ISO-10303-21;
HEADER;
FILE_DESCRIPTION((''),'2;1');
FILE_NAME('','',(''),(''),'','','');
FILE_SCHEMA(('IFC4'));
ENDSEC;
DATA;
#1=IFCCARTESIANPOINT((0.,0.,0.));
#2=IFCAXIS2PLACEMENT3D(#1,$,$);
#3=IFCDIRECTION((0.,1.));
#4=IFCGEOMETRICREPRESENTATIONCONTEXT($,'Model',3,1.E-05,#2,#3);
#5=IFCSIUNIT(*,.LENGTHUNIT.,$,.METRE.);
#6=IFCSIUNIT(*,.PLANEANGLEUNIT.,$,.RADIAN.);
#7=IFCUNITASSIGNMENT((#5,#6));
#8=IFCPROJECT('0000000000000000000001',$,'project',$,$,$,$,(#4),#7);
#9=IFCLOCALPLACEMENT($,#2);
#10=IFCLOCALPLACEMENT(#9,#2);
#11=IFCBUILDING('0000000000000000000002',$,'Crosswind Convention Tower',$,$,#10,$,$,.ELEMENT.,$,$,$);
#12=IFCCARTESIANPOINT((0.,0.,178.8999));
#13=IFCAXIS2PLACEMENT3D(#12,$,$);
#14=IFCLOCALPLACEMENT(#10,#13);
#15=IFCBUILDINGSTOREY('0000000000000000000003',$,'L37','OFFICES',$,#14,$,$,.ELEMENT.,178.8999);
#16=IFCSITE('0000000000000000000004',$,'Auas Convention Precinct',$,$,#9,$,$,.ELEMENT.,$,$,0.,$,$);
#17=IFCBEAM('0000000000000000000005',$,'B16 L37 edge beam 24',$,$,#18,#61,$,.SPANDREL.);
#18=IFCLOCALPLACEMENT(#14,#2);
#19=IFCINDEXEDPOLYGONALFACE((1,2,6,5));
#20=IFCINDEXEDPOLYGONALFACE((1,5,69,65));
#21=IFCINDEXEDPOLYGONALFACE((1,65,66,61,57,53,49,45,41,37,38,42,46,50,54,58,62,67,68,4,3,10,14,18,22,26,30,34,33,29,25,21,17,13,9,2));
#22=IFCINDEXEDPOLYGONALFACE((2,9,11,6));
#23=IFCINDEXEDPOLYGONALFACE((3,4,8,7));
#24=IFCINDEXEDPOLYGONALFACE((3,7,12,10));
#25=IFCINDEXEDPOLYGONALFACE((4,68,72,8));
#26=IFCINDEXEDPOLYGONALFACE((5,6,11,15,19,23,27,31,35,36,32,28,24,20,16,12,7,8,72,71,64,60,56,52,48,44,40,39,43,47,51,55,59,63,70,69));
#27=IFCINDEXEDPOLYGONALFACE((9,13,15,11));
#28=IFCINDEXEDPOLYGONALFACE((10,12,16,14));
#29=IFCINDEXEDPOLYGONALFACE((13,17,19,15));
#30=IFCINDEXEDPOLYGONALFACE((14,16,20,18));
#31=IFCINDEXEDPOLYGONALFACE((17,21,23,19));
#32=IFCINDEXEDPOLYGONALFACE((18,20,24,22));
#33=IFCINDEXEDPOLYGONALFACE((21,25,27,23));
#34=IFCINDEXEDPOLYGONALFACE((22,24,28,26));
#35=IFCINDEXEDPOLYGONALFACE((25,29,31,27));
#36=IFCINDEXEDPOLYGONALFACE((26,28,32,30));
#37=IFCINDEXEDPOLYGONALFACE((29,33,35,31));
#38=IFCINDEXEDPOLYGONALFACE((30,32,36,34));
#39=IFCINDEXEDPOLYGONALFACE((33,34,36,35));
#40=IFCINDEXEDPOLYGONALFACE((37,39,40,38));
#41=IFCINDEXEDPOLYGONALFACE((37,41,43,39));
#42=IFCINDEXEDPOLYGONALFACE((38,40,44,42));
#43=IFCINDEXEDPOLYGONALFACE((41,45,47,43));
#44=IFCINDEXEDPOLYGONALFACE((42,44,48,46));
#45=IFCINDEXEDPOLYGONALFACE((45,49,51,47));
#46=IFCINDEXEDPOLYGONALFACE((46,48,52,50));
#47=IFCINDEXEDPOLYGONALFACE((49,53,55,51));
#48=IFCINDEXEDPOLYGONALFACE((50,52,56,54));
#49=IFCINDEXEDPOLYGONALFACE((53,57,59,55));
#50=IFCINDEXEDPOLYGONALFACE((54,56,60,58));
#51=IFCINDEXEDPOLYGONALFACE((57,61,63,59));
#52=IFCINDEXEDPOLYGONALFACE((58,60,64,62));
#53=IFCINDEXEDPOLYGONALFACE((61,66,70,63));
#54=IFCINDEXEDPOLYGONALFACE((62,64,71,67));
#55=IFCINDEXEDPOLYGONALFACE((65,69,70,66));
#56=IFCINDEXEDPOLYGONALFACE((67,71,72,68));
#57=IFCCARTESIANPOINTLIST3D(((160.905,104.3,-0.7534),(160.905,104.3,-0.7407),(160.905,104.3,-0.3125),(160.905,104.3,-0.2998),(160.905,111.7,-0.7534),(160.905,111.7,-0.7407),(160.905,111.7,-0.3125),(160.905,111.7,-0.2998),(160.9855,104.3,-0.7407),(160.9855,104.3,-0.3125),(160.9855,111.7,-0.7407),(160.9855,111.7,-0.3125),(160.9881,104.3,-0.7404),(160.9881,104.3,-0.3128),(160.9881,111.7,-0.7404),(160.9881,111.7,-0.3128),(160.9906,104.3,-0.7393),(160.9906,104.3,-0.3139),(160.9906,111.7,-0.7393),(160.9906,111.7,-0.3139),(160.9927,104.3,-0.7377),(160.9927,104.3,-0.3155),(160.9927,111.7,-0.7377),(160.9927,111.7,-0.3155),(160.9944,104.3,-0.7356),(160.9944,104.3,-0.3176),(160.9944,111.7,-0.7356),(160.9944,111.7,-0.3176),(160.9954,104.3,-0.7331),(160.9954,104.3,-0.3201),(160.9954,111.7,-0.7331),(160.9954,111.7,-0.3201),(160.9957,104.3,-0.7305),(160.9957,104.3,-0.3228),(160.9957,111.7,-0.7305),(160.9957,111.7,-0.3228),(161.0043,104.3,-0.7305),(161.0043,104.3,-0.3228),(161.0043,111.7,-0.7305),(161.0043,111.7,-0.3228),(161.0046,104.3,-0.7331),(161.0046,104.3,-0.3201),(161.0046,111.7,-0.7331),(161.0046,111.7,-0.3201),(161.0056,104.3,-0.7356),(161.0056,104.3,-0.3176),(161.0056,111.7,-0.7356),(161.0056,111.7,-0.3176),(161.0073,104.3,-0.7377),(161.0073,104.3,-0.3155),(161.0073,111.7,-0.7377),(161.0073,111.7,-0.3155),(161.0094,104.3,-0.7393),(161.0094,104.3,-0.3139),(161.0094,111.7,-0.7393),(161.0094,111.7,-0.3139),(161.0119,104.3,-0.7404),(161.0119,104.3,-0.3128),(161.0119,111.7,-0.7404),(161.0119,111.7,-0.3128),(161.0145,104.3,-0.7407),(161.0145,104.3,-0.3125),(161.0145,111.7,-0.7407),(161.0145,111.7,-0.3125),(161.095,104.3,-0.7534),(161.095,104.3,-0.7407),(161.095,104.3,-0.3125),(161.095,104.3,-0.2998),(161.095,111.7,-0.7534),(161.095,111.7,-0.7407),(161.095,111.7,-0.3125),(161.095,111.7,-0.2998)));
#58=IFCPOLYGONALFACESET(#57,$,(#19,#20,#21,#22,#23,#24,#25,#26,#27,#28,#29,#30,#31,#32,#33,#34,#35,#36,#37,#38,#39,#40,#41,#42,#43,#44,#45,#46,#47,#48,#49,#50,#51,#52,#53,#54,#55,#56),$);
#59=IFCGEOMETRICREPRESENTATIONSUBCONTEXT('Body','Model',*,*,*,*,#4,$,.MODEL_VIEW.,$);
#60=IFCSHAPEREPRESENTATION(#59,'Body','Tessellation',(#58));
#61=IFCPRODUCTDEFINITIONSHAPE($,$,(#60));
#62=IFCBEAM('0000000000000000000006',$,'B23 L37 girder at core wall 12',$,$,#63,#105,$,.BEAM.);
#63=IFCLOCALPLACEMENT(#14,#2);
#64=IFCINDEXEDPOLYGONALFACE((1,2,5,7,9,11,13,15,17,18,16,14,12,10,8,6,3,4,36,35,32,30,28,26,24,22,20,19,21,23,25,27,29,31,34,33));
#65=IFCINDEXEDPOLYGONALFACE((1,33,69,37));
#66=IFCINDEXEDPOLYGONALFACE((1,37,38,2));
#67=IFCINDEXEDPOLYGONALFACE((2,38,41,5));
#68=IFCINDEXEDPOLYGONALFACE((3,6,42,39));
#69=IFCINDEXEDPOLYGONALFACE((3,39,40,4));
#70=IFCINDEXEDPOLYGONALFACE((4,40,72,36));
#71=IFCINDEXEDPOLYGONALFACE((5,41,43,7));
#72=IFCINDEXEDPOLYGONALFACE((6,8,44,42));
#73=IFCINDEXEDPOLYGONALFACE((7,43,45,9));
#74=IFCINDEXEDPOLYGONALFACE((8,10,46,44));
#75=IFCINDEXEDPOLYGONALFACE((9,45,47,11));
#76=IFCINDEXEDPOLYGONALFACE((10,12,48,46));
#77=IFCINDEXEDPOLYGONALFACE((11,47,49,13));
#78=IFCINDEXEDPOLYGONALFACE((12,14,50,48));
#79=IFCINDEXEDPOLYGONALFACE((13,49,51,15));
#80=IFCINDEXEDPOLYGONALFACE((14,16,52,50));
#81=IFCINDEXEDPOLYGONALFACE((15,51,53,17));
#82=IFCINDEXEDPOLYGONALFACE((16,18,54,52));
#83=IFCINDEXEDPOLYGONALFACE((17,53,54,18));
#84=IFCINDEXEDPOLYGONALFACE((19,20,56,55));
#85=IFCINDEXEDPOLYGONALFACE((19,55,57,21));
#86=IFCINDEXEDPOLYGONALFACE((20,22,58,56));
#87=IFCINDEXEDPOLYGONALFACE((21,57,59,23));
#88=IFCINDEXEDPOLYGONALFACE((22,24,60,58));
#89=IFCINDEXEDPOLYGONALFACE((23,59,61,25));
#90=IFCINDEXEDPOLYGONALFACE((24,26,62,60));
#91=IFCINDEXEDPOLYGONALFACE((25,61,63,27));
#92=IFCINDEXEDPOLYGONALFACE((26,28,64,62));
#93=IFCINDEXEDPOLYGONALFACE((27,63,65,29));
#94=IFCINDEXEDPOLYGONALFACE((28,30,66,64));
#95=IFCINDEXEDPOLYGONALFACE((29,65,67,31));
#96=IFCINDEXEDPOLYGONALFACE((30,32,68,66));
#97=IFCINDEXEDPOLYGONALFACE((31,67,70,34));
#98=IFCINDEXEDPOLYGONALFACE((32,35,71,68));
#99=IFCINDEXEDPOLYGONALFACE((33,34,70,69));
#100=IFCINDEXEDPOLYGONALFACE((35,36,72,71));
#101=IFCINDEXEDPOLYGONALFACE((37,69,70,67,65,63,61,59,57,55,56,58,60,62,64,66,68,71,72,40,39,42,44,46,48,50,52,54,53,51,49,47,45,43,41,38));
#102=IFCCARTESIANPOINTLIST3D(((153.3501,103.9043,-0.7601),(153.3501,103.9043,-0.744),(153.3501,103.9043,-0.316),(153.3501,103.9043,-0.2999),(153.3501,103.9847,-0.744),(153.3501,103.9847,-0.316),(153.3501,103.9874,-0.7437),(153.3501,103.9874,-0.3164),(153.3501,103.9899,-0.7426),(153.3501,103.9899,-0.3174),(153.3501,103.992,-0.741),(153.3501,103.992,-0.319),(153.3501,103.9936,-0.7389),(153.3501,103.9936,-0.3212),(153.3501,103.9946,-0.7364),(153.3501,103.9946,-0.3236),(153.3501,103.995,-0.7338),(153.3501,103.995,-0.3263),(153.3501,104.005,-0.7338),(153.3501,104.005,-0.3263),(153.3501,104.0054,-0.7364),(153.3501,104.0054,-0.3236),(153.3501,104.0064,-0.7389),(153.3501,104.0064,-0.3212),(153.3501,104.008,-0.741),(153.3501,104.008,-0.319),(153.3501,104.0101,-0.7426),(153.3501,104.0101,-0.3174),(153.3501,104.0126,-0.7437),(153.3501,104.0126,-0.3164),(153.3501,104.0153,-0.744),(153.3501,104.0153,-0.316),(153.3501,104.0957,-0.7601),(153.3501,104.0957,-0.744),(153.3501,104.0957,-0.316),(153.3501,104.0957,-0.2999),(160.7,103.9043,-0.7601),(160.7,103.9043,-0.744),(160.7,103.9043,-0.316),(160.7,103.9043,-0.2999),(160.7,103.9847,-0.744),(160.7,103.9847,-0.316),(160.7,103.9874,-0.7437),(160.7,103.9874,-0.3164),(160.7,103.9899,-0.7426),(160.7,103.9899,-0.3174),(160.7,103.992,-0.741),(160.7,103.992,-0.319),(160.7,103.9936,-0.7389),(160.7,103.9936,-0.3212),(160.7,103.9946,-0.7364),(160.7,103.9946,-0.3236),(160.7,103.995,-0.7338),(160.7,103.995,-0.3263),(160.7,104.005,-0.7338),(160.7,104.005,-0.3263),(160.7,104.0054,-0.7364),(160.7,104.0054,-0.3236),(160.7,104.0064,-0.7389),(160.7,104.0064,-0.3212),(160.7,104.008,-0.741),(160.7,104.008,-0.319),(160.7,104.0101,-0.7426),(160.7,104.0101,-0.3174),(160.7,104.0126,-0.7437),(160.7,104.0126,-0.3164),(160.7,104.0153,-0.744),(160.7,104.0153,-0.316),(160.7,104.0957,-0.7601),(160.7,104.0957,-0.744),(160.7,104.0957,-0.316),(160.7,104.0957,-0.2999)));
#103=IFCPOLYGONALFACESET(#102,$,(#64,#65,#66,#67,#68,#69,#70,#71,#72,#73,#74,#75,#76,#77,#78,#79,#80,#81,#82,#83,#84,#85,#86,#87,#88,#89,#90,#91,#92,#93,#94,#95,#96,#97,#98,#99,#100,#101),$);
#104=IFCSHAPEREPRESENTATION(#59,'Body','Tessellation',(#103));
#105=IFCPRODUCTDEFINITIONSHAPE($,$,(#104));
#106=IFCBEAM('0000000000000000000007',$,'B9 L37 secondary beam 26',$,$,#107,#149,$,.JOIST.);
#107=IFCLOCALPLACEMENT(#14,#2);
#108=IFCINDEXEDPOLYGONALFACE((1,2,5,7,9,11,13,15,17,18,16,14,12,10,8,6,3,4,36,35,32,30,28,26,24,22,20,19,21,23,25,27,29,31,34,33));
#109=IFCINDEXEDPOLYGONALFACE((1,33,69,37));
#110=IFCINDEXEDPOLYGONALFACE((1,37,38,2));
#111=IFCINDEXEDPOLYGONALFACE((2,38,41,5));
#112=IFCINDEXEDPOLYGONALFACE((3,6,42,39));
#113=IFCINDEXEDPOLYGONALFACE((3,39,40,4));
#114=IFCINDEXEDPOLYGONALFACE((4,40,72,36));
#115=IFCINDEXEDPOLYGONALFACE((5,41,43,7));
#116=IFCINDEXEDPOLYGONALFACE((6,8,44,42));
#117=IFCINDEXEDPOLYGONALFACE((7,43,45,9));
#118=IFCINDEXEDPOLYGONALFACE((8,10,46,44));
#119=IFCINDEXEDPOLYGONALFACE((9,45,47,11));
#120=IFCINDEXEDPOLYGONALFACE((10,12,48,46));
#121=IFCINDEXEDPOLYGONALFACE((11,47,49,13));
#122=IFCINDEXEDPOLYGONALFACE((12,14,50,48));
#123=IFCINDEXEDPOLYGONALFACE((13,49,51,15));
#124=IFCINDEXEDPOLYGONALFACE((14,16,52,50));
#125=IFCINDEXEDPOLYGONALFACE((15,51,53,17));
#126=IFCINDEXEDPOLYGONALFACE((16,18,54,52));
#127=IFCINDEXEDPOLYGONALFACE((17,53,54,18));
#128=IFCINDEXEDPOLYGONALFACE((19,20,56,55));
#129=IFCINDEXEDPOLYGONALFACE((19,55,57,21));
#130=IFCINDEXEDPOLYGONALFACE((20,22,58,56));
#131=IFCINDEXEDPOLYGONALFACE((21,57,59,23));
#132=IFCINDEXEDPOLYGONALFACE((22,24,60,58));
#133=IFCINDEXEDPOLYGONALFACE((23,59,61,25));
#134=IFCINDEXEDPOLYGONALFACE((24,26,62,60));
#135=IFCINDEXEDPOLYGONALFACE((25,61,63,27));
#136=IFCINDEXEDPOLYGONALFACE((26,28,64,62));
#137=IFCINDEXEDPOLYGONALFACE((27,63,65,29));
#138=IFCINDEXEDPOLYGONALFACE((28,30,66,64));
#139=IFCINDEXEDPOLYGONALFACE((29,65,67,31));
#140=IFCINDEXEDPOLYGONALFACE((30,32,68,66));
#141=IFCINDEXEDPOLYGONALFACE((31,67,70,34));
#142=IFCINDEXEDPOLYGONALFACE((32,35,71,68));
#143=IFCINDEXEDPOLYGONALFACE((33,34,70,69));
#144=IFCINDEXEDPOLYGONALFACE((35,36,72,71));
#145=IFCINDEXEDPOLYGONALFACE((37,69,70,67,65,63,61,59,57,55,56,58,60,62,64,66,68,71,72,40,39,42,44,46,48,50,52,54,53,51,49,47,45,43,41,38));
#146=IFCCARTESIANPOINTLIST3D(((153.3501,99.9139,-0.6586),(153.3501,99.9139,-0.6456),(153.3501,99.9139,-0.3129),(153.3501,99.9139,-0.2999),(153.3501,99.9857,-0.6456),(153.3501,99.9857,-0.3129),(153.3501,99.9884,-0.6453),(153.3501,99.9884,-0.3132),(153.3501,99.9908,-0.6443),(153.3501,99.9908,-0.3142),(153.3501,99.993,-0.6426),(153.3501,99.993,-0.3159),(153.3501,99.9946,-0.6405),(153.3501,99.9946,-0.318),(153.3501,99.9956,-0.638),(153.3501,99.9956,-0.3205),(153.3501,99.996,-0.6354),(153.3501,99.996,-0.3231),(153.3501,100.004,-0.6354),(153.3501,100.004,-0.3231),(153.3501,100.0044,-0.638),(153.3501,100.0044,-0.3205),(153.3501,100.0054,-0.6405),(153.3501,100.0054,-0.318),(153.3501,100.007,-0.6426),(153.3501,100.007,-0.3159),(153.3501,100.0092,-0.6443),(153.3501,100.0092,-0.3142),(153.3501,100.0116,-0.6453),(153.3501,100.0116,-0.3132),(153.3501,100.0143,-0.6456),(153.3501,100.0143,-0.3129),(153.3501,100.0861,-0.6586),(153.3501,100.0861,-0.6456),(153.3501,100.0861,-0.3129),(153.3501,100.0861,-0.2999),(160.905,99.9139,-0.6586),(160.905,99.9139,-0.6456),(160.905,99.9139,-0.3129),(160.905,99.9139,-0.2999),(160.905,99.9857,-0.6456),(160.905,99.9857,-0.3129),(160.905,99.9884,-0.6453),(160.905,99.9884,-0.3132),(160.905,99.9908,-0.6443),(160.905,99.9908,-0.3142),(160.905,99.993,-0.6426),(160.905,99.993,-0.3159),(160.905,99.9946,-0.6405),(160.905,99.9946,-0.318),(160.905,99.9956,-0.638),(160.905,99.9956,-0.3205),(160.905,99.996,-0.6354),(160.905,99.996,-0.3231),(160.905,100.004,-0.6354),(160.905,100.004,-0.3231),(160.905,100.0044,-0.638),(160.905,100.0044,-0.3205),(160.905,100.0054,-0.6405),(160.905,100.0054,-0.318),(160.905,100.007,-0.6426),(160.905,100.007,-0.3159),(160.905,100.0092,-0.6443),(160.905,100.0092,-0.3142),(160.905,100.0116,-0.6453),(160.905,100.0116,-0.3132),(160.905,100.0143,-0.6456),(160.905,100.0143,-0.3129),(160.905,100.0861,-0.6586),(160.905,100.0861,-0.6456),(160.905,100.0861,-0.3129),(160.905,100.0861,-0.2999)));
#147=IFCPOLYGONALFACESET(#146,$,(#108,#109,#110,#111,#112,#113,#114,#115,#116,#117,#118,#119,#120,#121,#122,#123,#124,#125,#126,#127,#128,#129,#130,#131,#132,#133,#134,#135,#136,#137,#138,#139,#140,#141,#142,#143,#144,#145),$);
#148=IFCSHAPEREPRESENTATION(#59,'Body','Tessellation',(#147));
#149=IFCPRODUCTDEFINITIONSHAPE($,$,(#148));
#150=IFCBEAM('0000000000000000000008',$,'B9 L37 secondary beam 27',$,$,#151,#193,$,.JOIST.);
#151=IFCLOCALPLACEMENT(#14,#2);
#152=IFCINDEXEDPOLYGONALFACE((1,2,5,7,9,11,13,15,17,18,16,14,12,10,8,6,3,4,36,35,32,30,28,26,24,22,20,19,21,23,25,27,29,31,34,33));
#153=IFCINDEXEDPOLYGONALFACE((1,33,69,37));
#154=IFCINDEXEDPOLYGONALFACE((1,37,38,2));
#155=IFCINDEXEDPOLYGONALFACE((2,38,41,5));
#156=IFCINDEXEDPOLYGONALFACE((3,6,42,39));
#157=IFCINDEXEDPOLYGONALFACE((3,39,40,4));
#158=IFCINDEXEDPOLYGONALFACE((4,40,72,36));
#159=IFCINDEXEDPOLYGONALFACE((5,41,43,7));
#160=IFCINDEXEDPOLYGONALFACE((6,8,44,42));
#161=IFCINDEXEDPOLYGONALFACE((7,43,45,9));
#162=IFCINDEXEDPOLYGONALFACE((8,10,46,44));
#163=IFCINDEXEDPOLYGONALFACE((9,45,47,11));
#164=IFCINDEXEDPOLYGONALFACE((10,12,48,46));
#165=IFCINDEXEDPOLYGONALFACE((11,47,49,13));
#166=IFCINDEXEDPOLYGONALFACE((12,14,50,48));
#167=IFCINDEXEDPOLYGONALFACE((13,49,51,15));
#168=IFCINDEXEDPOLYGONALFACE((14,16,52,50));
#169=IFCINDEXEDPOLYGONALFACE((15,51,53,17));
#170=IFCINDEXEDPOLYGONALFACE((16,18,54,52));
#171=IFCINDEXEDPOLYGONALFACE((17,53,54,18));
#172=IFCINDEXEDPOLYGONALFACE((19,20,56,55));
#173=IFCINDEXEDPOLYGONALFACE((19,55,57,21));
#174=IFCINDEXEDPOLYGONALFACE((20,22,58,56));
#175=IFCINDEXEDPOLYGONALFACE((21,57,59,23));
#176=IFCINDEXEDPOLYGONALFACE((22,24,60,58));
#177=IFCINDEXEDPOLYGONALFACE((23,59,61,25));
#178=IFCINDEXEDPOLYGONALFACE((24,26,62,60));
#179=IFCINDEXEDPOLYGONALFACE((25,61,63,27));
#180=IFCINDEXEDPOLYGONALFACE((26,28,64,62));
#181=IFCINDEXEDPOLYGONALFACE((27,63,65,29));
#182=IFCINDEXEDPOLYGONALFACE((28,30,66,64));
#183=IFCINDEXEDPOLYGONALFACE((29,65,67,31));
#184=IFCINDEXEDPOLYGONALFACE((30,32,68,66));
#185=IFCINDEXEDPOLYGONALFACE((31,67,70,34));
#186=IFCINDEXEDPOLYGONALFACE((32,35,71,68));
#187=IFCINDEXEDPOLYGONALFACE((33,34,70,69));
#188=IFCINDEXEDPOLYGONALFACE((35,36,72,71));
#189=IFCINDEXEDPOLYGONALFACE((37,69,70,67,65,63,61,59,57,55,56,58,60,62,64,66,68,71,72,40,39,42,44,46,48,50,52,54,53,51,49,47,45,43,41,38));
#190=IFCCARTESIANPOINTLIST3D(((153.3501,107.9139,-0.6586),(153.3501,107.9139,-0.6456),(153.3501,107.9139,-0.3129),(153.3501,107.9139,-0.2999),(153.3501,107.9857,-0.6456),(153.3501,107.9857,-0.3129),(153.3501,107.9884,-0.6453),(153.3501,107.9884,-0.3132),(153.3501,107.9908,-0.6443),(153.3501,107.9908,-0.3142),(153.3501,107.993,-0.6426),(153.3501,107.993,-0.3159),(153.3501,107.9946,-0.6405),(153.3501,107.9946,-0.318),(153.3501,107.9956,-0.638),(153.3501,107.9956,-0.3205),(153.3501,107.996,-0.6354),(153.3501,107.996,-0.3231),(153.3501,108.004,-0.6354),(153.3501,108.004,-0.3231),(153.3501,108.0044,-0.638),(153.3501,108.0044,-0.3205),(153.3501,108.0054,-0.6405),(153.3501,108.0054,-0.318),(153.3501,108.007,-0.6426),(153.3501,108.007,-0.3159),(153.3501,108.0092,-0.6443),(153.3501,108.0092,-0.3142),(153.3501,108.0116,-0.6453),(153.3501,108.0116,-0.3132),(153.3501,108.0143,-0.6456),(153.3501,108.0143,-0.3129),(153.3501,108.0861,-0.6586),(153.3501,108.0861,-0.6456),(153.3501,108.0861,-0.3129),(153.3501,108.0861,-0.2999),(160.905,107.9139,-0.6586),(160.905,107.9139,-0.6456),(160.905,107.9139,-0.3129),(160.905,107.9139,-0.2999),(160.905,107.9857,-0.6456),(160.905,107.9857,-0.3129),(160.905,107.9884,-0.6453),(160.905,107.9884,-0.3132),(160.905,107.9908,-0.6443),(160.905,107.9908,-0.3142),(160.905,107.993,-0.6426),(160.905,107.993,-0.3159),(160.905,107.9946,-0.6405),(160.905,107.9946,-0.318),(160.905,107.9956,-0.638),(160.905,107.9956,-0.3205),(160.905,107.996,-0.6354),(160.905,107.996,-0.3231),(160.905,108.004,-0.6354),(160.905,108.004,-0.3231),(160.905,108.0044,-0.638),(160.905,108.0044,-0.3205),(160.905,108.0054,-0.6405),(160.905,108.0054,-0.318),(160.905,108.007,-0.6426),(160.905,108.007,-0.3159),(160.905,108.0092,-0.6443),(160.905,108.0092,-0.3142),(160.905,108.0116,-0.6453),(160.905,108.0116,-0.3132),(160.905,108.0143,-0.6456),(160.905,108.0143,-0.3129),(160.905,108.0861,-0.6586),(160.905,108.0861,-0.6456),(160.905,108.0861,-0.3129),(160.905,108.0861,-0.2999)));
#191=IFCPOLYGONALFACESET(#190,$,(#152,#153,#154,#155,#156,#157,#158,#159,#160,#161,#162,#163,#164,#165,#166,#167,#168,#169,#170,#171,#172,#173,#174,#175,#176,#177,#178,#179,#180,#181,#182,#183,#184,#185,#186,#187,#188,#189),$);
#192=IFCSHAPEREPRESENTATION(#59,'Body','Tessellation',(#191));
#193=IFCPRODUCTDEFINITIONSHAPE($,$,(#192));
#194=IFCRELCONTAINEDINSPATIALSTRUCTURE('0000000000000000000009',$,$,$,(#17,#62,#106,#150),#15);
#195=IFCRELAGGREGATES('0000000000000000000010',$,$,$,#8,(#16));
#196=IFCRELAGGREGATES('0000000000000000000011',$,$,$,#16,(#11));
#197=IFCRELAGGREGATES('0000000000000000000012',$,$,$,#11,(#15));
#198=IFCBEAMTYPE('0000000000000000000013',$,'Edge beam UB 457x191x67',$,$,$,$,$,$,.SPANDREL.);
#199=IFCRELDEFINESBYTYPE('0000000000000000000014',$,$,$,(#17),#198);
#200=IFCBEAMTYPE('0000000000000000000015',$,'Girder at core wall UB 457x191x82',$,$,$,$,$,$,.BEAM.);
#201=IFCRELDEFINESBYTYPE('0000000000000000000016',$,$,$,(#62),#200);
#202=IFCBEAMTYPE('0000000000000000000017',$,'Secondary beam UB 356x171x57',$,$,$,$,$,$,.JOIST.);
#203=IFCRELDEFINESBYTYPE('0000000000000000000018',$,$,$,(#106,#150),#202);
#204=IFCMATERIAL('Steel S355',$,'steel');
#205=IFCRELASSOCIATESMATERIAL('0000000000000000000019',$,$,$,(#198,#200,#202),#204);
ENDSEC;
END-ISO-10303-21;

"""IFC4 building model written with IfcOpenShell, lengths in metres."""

from ifc_helpers import new_model, si_unit, direction, frame, origin, origin_2d, place, context, subcontext, project, spatial, i_section, extrude, material, material_profile, profile_set, type_object, element, save


model = new_model("IFC4")

# Units and contexts
model_context = context("Model", 3, precision=1e-05, world=origin(), true_north=direction((0.0, 1.0)))
body_context = subcontext(model_context, "Body", "Model", "MODEL_VIEW")
ifc_project = project(units=[si_unit("LENGTHUNIT", "METRE"), si_unit("PLANEANGLEUNIT", "RADIAN")], contexts=[model_context])

# Site, building, storey
site_placement = place(None, origin())
site = spatial("IfcSite", under=ifc_project, at=site_placement, Name="Auas Convention Precinct", CompositionType="ELEMENT", RefElevation=0.0)
building_placement = place(site_placement, origin())
building = spatial("IfcBuilding", under=site, at=building_placement, Name="Crosswind Convention Tower", CompositionType="ELEMENT")
storey_placement = place(building_placement, frame((0.0, 0.0, 178.8999)))
storey = spatial("IfcBuildingStorey", under=building, at=storey_placement, Name="L37", Description="OFFICES", CompositionType="ELEMENT", Elevation=178.8999)

# Beams
ifc_material_1 = material(Name="Steel S355", Category="steel")
ifc_material_profile_1 = material_profile(ifc_material_1, i_section(OverallWidth=0.1899, OverallDepth=0.4536, WebThickness=0.0085, FlangeThickness=0.0127, FilletRadius=0.0103, at=origin_2d()), Name="UB 457x191x67")
ifc_profile_set_1 = profile_set([ifc_material_profile_1], Name="Steel S355")
beam_type_1 = type_object("IfcBeamType", Name="Edge beam UB 457x191x67", PredefinedType="SPANDREL", material=ifc_profile_set_1)
beam_1_placement = place(storey_placement, frame((161.0, 104.3, -0.5266), z_axis=(0.0, 1.0, 0.0), x_axis=(-1.0, 0.0, 0.0)))
element("IfcBeam", 1, at=beam_1_placement, inside=storey, type_object=beam_type_1, Name="B16 L37 edge beam 24", PredefinedType="SPANDREL", context=body_context, shape_type="SweptSolid", body=[
    extrude(i_section(OverallWidth=0.1899, OverallDepth=0.4536, WebThickness=0.0085, FlangeThickness=0.0127, FilletRadius=0.0103, at=origin_2d()), origin(), (0.0, 0.0, 1.0), 7.3999),
])
ifc_material_profile_2 = material_profile(ifc_material_1, i_section(OverallWidth=0.1914, OverallDepth=0.4602, WebThickness=0.01, FlangeThickness=0.0161, FilletRadius=0.0103, at=origin_2d()), Name="UB 457x191x82")
ifc_profile_set_2 = profile_set([ifc_material_profile_2], Name="Steel S355")
beam_type_2 = type_object("IfcBeamType", Name="Girder at core wall UB 457x191x82", PredefinedType="BEAM", material=ifc_profile_set_2)
beam_2_placement = place(storey_placement, frame((153.3501, 104.0, -0.53), z_axis=(1.0, 0.0, 0.0), x_axis=(0.0, 1.0, 0.0)))
element("IfcBeam", 2, at=beam_2_placement, inside=storey, type_object=beam_type_2, Name="B23 L37 girder at core wall 12", PredefinedType="BEAM", context=body_context, shape_type="SweptSolid", body=[
    extrude(i_section(OverallWidth=0.1914, OverallDepth=0.4602, WebThickness=0.01, FlangeThickness=0.0161, FilletRadius=0.0103, at=origin_2d()), origin(), (0.0, 0.0, 1.0), 7.3499),
])
ifc_material_profile_3 = material_profile(ifc_material_1, i_section(OverallWidth=0.1721, OverallDepth=0.3586, WebThickness=0.0081, FlangeThickness=0.0129, FilletRadius=0.0103, at=origin_2d()), Name="UB 356x171x57")
ifc_profile_set_3 = profile_set([ifc_material_profile_3], Name="Steel S355")
beam_type_3 = type_object("IfcBeamType", Name="Secondary beam UB 356x171x57", PredefinedType="JOIST", material=ifc_profile_set_3)
for number, where, z_axis, x_axis, name in (
    (3, (153.3501, 100.0, -0.4792), (1.0, 0.0, 0.0), (0.0, 1.0, 0.0), "B9 L37 secondary beam 26"),
    (4, (153.3501, 108.0, -0.4792), (1.0, 0.0, 0.0), (0.0, 1.0, 0.0), "B9 L37 secondary beam 27"),
):
    element("IfcBeam", number, at=place(storey_placement, frame(where, z_axis=z_axis, x_axis=x_axis)), inside=storey, type_object=beam_type_3, Name=name, PredefinedType="JOIST", context=body_context, shape_type="SweptSolid", body=[
        extrude(i_section(OverallWidth=0.1721, OverallDepth=0.3586, WebThickness=0.0081, FlangeThickness=0.0129, FilletRadius=0.0103, at=origin_2d()), origin(), (0.0, 0.0, 1.0), 7.5549),
    ])

save(model, "model.ifc")
